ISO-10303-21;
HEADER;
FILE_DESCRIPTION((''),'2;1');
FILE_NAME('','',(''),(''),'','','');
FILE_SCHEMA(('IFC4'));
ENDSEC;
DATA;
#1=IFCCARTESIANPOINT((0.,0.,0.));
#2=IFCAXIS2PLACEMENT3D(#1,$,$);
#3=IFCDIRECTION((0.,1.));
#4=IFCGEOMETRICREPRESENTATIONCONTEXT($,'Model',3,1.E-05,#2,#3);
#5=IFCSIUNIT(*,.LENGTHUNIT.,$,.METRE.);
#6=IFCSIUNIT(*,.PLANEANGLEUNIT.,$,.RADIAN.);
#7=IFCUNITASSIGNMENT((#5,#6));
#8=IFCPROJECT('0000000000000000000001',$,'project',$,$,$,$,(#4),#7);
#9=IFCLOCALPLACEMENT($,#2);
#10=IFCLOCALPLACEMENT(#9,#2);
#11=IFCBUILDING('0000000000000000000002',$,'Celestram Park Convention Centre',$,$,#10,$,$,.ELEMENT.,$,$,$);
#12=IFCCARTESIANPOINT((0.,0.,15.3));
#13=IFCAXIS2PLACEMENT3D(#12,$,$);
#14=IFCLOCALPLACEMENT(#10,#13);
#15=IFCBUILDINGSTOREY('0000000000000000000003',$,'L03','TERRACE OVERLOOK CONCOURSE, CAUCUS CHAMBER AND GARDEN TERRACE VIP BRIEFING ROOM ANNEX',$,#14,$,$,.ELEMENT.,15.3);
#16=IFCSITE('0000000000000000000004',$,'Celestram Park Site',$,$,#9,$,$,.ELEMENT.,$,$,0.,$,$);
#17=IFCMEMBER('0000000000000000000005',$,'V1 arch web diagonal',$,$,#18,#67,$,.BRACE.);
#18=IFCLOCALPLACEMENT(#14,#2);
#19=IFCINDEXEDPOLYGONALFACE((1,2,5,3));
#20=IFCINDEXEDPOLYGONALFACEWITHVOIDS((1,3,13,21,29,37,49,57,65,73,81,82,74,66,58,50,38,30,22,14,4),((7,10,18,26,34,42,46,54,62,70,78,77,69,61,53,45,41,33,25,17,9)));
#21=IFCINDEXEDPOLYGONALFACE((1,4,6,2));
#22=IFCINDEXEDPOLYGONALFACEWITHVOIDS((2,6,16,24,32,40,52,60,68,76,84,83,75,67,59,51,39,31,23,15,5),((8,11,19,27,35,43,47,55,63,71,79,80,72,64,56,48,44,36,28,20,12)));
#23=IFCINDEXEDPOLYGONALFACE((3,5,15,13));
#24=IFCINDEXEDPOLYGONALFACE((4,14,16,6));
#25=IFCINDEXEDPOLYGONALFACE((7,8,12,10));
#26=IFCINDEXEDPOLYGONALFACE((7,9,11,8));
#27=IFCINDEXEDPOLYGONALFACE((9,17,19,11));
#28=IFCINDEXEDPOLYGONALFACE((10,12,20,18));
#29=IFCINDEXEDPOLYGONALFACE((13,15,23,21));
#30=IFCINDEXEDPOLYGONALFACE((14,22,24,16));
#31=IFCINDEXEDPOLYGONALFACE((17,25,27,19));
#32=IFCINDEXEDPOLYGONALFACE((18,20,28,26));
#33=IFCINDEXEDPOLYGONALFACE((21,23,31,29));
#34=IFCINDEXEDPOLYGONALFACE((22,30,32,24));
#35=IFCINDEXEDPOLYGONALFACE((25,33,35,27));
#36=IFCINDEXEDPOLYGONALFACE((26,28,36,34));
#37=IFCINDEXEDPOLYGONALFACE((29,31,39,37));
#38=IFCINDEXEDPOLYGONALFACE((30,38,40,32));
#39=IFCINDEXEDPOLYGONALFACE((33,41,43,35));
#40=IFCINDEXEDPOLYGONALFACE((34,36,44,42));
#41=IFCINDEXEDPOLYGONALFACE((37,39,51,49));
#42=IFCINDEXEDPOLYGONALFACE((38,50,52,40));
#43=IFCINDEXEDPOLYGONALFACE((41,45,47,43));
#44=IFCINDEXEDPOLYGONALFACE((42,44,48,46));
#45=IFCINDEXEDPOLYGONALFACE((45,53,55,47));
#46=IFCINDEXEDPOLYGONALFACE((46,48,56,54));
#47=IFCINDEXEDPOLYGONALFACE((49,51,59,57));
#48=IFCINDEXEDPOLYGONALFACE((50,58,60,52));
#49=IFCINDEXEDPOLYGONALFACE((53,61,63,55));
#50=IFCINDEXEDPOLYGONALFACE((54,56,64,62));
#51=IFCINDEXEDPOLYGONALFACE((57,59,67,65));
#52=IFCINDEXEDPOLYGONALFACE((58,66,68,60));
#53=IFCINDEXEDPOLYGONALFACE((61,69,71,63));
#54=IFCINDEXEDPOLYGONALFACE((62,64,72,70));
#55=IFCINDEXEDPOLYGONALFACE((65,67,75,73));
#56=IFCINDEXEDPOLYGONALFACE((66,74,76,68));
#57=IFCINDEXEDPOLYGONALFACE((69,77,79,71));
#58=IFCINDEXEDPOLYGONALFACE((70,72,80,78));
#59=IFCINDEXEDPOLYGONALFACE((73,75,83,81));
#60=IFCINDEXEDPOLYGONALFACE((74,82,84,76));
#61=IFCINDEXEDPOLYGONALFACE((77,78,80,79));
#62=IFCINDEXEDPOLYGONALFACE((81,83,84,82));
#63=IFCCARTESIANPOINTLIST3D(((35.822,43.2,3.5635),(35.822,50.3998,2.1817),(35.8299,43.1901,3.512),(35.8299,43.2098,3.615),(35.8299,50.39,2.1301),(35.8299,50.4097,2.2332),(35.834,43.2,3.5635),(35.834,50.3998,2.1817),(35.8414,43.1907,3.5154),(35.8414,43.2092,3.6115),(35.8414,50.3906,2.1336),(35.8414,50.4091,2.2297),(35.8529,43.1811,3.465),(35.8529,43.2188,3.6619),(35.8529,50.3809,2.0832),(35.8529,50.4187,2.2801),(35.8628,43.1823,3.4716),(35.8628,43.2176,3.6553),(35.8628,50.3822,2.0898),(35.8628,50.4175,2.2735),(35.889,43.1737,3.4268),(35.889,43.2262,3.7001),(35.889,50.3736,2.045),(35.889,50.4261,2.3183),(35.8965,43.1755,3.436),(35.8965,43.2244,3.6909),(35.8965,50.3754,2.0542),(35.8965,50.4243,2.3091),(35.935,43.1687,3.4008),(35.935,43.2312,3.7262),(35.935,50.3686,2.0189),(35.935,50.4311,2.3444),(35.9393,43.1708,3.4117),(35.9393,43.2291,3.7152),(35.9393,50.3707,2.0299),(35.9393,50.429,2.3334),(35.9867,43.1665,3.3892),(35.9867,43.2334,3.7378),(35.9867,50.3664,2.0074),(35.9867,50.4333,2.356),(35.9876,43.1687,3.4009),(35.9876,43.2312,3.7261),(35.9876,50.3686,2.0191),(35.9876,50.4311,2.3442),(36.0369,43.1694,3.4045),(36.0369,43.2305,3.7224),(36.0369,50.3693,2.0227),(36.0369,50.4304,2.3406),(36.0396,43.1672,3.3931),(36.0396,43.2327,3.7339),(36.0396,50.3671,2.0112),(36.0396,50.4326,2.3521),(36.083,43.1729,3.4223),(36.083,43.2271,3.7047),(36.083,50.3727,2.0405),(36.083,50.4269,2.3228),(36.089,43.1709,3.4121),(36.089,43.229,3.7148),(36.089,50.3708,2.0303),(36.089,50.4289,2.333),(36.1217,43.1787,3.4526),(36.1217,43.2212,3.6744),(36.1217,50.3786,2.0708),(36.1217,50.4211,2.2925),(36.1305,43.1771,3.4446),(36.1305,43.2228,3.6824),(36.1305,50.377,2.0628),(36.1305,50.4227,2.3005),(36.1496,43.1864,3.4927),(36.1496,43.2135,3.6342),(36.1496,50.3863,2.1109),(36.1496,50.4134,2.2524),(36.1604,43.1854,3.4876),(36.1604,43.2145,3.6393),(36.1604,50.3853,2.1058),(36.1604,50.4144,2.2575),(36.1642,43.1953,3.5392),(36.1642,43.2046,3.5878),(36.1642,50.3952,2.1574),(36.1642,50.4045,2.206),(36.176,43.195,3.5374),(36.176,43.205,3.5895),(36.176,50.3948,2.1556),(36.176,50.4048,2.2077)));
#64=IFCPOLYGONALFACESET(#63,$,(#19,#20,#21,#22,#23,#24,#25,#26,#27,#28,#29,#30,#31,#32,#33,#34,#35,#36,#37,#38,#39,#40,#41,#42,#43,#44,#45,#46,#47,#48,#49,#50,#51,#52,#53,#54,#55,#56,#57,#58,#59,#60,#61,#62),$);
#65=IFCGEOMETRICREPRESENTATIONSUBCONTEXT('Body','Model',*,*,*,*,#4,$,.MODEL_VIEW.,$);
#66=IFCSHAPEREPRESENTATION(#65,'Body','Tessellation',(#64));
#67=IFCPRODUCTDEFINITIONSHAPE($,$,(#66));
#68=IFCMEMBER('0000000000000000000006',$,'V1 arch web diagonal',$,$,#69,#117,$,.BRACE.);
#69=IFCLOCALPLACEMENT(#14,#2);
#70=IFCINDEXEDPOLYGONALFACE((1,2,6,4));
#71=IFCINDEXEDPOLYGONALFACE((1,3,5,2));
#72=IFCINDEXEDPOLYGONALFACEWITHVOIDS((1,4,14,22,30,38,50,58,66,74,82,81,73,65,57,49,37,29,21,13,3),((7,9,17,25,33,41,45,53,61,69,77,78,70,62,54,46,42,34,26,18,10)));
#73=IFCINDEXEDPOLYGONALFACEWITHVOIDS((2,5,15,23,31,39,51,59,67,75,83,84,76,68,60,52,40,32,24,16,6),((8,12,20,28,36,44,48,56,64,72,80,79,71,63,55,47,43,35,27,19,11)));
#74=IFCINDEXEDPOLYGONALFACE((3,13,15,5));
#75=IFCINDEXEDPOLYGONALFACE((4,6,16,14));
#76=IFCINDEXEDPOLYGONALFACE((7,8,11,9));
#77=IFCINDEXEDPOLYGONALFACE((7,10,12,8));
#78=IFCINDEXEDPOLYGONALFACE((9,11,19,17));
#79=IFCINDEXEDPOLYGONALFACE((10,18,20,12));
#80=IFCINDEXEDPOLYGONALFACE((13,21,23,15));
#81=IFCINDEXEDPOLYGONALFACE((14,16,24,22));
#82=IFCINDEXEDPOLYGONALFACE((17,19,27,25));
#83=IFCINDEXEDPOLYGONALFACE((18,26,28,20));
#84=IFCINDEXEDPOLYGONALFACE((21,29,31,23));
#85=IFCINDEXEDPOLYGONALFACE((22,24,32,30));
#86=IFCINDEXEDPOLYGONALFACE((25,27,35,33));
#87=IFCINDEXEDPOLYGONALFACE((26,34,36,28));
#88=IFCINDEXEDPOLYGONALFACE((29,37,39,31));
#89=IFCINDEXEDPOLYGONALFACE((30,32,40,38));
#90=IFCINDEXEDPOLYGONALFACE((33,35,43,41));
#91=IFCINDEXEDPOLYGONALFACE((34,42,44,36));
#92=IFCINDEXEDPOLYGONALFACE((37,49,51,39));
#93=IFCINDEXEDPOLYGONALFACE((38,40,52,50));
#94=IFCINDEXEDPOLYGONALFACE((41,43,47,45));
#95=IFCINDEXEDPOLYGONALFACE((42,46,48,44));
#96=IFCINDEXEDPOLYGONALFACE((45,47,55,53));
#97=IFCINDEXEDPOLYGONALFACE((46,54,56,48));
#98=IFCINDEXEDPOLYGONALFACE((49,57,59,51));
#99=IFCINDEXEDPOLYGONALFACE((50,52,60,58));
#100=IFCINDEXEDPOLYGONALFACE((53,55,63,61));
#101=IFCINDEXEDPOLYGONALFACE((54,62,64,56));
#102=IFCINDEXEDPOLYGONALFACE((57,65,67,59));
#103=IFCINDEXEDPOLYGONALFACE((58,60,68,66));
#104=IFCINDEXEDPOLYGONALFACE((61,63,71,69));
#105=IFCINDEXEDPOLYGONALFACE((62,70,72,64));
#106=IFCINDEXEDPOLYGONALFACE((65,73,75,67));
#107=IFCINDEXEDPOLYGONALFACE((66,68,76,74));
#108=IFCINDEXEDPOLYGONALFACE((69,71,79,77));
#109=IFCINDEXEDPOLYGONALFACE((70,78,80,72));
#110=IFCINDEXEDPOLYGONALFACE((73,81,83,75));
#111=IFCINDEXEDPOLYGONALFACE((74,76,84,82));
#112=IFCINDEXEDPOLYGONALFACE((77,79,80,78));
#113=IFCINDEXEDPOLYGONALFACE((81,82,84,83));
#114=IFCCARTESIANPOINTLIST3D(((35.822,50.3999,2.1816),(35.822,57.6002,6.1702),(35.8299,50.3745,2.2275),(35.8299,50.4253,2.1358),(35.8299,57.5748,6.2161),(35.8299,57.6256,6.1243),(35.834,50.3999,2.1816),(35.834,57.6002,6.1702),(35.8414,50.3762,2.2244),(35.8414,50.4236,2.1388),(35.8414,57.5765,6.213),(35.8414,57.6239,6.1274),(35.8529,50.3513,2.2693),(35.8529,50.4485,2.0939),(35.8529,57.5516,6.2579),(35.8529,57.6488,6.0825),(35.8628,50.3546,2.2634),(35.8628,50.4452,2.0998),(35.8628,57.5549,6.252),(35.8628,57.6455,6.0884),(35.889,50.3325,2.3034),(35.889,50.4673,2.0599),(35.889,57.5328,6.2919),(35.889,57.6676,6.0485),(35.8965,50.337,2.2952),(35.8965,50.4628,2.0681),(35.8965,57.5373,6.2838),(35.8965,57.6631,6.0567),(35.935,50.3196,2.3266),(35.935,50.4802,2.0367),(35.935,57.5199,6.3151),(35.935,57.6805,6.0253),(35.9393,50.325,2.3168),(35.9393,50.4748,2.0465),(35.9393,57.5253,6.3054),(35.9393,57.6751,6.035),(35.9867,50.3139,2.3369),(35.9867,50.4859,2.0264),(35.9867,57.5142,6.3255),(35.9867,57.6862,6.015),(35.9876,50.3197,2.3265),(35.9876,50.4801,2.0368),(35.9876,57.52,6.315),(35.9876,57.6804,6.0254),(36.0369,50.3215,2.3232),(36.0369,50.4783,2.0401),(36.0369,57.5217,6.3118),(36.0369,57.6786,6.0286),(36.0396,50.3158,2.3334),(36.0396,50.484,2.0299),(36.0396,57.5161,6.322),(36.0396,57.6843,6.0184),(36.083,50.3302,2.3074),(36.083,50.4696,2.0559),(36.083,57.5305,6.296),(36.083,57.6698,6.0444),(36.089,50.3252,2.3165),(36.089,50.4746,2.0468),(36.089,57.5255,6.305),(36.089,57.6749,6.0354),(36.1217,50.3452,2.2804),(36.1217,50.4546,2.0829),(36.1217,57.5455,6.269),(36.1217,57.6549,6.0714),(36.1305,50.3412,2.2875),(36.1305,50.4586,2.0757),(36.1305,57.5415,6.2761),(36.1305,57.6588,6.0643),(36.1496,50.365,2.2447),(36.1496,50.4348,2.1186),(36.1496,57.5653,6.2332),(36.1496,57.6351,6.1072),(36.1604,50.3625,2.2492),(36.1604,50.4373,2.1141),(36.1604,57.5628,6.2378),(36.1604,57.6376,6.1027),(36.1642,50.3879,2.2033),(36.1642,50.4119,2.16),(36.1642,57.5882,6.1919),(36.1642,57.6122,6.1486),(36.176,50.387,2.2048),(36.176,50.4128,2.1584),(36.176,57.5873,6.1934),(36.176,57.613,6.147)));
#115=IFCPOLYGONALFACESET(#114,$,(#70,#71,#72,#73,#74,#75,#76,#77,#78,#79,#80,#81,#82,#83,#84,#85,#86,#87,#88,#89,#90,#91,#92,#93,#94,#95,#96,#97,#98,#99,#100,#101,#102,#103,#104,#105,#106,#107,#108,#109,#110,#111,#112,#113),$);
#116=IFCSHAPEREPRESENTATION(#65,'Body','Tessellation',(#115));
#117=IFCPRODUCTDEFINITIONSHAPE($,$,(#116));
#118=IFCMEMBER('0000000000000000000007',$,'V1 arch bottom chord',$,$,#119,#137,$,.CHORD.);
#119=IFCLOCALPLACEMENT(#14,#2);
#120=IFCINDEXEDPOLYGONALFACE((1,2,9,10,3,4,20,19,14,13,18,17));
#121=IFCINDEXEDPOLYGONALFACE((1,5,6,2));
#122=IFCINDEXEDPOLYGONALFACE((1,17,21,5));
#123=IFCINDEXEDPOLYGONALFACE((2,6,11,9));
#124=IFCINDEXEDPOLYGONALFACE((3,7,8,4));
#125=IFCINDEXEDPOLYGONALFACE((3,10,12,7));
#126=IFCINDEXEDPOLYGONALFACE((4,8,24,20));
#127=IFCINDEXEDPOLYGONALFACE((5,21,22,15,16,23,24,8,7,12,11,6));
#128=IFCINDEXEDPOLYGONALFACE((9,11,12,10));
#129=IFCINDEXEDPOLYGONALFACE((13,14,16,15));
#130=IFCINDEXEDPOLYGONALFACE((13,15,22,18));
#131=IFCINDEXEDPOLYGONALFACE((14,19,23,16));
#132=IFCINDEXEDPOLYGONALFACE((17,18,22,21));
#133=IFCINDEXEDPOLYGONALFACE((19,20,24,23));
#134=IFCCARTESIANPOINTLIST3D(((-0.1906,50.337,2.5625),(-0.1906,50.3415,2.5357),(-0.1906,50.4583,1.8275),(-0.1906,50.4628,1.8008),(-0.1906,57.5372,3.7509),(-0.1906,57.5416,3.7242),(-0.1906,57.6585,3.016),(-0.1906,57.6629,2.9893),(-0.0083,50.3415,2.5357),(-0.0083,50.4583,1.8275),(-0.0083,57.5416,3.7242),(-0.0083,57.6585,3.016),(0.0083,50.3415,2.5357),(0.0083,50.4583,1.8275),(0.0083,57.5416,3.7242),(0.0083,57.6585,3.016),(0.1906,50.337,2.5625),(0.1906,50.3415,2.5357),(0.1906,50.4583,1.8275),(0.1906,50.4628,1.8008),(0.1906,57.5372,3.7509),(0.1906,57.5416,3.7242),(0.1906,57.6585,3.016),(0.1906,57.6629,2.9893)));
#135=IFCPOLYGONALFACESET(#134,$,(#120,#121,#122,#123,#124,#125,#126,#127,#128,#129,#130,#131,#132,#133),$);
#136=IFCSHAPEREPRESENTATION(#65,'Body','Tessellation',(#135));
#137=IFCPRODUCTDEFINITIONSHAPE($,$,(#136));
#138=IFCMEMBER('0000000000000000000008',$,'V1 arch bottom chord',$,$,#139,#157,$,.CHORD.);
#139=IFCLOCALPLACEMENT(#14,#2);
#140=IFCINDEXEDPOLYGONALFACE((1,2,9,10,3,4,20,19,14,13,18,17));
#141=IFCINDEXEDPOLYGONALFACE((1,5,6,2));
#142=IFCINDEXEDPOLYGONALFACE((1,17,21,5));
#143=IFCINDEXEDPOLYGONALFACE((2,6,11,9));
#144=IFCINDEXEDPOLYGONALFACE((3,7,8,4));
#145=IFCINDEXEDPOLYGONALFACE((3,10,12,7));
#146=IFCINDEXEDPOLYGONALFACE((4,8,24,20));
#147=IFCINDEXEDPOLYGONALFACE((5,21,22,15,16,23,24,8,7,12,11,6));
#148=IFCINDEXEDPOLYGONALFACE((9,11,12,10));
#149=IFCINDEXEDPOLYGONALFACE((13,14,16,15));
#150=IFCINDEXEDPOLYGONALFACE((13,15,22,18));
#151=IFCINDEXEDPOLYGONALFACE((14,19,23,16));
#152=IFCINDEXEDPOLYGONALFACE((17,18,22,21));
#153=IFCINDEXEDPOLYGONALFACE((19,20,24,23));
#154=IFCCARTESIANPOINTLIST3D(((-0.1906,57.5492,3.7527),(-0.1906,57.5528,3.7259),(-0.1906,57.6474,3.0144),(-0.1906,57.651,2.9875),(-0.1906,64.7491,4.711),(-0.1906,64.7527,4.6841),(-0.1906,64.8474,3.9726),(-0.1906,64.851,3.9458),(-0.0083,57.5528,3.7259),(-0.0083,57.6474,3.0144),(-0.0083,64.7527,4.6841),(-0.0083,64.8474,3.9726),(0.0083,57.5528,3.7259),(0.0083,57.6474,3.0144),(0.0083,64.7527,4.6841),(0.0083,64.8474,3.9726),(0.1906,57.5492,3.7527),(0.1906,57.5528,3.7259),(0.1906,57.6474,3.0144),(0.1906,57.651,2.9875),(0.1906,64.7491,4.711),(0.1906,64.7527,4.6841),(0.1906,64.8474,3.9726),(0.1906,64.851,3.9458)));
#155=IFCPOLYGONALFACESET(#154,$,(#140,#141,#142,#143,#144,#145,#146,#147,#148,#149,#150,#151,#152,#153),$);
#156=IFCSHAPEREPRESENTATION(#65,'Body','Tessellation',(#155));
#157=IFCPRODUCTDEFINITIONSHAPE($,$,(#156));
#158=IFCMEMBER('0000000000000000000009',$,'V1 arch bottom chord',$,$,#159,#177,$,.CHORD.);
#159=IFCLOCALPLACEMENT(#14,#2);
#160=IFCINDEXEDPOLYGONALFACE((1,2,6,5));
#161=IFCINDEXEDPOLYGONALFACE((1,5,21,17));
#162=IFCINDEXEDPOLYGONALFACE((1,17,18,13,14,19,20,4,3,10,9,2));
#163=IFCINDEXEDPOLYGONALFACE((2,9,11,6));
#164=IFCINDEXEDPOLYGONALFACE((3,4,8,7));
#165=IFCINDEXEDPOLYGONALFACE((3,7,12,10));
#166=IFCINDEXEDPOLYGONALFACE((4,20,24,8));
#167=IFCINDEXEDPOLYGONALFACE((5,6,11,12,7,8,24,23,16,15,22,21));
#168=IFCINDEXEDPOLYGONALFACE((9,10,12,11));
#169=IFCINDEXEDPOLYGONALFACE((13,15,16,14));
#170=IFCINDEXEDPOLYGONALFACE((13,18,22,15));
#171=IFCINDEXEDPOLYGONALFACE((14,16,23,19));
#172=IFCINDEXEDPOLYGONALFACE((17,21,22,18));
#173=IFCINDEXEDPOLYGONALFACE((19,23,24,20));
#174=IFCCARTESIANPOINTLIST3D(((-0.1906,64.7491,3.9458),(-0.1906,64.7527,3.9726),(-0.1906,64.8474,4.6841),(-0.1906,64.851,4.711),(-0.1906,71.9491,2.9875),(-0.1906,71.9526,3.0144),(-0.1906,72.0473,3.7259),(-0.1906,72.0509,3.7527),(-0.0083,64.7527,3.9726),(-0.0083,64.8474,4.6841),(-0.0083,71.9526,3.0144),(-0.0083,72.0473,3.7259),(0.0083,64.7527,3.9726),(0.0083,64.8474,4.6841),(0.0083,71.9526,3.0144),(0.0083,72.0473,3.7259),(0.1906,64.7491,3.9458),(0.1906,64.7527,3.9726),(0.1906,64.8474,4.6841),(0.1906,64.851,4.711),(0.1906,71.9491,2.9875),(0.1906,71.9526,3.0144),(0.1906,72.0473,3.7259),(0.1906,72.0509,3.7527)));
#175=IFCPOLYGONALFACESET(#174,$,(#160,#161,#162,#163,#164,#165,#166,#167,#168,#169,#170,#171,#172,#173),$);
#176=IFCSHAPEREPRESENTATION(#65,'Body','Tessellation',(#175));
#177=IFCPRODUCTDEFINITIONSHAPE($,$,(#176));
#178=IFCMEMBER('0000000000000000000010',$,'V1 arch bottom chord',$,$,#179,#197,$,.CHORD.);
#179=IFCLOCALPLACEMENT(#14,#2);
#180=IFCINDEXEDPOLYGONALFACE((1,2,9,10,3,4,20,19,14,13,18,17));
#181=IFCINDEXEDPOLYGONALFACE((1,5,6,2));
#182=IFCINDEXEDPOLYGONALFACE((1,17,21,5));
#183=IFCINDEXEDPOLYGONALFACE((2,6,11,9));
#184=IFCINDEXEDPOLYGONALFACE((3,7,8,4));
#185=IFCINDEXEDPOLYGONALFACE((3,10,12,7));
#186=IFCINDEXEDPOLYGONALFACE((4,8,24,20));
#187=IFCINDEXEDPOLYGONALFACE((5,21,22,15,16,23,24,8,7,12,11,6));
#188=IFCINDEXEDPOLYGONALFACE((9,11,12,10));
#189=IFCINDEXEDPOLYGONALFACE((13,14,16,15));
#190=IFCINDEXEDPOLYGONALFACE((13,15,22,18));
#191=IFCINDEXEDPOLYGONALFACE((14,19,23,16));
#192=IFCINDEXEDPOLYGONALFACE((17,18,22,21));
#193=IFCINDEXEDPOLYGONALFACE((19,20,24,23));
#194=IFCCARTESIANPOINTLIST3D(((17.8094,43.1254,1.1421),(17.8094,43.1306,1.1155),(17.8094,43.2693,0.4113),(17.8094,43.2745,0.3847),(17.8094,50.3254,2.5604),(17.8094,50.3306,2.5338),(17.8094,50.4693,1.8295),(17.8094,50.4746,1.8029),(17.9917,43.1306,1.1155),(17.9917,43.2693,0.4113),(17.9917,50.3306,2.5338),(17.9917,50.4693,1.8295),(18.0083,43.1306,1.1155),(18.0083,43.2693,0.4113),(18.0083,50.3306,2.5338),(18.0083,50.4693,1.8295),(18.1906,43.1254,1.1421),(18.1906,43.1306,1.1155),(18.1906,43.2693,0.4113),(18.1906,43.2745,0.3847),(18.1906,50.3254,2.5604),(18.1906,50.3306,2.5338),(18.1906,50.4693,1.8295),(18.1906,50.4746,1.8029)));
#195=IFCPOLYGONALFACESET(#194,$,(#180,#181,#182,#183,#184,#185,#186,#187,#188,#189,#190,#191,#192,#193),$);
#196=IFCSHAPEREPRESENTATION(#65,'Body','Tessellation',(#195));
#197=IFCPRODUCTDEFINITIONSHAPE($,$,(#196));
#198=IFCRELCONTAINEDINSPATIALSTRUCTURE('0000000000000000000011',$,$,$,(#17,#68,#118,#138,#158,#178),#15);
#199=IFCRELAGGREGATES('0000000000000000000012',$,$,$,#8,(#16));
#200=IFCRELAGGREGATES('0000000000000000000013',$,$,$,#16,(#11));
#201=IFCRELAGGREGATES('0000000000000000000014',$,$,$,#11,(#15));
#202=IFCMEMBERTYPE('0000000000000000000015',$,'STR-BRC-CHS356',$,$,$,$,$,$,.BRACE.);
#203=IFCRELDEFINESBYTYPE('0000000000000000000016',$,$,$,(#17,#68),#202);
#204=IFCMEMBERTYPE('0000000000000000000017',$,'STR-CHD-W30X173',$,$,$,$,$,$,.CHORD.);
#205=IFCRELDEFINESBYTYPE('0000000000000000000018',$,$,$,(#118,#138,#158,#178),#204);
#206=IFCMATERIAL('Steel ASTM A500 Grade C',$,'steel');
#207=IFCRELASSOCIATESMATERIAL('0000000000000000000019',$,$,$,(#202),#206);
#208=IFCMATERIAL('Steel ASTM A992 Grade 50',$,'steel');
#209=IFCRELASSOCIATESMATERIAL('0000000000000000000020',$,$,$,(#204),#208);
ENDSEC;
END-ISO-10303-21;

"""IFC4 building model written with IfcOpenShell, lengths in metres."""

from ifc_helpers import new_model, si_unit, direction, frame, origin, origin_2d, place, context, subcontext, project, spatial, hollow_circle, i_section, extrude, material, material_profile, profile_set, type_object, element, save


model = new_model("IFC4")

# Units and contexts
model_context = context("Model", 3, precision=1e-05, world=origin(), true_north=direction((0.0, 1.0)))
body_context = subcontext(model_context, "Body", "Model", "MODEL_VIEW")
ifc_project = project(units=[si_unit("LENGTHUNIT", "METRE"), si_unit("PLANEANGLEUNIT", "RADIAN")], contexts=[model_context])

# Site, building, storey
site_placement = place(None, origin())
site = spatial("IfcSite", under=ifc_project, at=site_placement, Name="Celestram Park Site", CompositionType="ELEMENT", RefElevation=0.0)
building_placement = place(site_placement, origin())
building = spatial("IfcBuilding", under=site, at=building_placement, Name="Celestram Park Convention Centre", CompositionType="ELEMENT")
storey_placement = place(building_placement, frame((0.0, 0.0, 15.3)))
storey = spatial("IfcBuildingStorey", under=building, at=storey_placement, Name="L03", Description="TERRACE OVERLOOK CONCOURSE, CAUCUS CHAMBER AND GARDEN TERRACE VIP BRIEFING ROOM ANNEX", CompositionType="ELEMENT", Elevation=15.3)

# Members
ifc_material_1 = material(Name="Steel ASTM A500 Grade C", Category="steel")
ifc_material_profile_1 = material_profile(ifc_material_1, hollow_circle(Radius=0.178, WallThickness=0.012, at=origin_2d()), Name="CHS356X12")
ifc_profile_set_1 = profile_set([ifc_material_profile_1], Name="Steel ASTM A500 Grade C")
member_type_1 = type_object("IfcMemberType", Name="STR-BRC-CHS356", PredefinedType="BRACE", material=ifc_profile_set_1)
member_1_placement = place(storey_placement, frame((36.0, 43.2, 3.5635), z_axis=(0.0, 0.982076, -0.188483), x_axis=(-1.0, 0.0, 0.0)))
element("IfcMember", 1, at=member_1_placement, inside=storey, type_object=member_type_1, Name="V1 arch web diagonal", PredefinedType="BRACE", context=body_context, shape_type="SweptSolid", body=[
    extrude(hollow_circle(Radius=0.178, WallThickness=0.012, at=origin_2d()), origin(), (0.0, 0.0, 1.0), 7.3313),
])
member_2_placement = place(storey_placement, frame((36.0, 50.3999, 2.1816), z_axis=(0.0, 0.874754, 0.484567), x_axis=(-1.0, 0.0, 0.0)))
element("IfcMember", 2, at=member_2_placement, inside=storey, type_object=member_type_1, Name="V1 arch web diagonal", PredefinedType="BRACE", context=body_context, shape_type="SweptSolid", body=[
    extrude(hollow_circle(Radius=0.178, WallThickness=0.012, at=origin_2d()), origin(), (0.0, 0.0, 1.0), 8.2312),
])
ifc_material_2 = material(Name="Steel ASTM A992 Grade 50", Category="steel")
ifc_material_profile_2 = material_profile(ifc_material_2, i_section(OverallWidth=0.3811, OverallDepth=0.772, WebThickness=0.0166, FlangeThickness=0.0271, at=origin_2d()), Name="W30X173")
ifc_profile_set_2 = profile_set([ifc_material_profile_2], Name="Steel ASTM A992 Grade 50")
member_type_2 = type_object("IfcMemberType", Name="STR-CHD-W30X173", PredefinedType="CHORD", material=ifc_profile_set_2)
member_3_placement = place(storey_placement, frame((0.0, 50.3999, 2.1816), z_axis=(0.0, 0.98665, 0.162858), x_axis=(-1.0, 0.0, 0.0)))
element("IfcMember", 3, at=member_3_placement, inside=storey, type_object=member_type_2, Name="V1 arch bottom chord", PredefinedType="CHORD", context=body_context, shape_type="SweptSolid", body=[
    extrude(i_section(OverallWidth=0.3811, OverallDepth=0.772, WebThickness=0.0166, FlangeThickness=0.0271, at=origin_2d()), origin(), (0.0, 0.0, 1.0), 7.2976),
])
for number, where, z_axis, x_axis, name in (
    (4, (0.0, 57.6001, 3.3701), (0.0, 0.991259, 0.131928), (-1.0, 0.0, 0.0), "V1 arch bottom chord"),
    (5, (0.0, 64.8, 4.3284), (0.0, 0.991259, -0.131928), (-1.0, 0.0, 0.0), "V1 arch bottom chord"),
):
    element("IfcMember", number, at=place(storey_placement, frame(where, z_axis=z_axis, x_axis=x_axis)), inside=storey, type_object=member_type_2, Name=name, PredefinedType="CHORD", context=body_context, shape_type="SweptSolid", body=[
        extrude(i_section(OverallWidth=0.3811, OverallDepth=0.772, WebThickness=0.0166, FlangeThickness=0.0271, at=origin_2d()), origin(), (0.0, 0.0, 1.0), 7.2634),
    ])
member_4_placement = place(storey_placement, frame((18.0, 43.2, 0.7634), z_axis=(0.0, 0.981147, 0.193262), x_axis=(-1.0, 0.0, 0.0)))
element("IfcMember", 6, at=member_4_placement, inside=storey, type_object=member_type_2, Name="V1 arch bottom chord", PredefinedType="CHORD", context=body_context, shape_type="SweptSolid", body=[
    extrude(i_section(OverallWidth=0.3811, OverallDepth=0.772, WebThickness=0.0166, FlangeThickness=0.0271, at=origin_2d()), origin(), (0.0, 0.0, 1.0), 7.3384),
])

save(model, "model.ifc")
